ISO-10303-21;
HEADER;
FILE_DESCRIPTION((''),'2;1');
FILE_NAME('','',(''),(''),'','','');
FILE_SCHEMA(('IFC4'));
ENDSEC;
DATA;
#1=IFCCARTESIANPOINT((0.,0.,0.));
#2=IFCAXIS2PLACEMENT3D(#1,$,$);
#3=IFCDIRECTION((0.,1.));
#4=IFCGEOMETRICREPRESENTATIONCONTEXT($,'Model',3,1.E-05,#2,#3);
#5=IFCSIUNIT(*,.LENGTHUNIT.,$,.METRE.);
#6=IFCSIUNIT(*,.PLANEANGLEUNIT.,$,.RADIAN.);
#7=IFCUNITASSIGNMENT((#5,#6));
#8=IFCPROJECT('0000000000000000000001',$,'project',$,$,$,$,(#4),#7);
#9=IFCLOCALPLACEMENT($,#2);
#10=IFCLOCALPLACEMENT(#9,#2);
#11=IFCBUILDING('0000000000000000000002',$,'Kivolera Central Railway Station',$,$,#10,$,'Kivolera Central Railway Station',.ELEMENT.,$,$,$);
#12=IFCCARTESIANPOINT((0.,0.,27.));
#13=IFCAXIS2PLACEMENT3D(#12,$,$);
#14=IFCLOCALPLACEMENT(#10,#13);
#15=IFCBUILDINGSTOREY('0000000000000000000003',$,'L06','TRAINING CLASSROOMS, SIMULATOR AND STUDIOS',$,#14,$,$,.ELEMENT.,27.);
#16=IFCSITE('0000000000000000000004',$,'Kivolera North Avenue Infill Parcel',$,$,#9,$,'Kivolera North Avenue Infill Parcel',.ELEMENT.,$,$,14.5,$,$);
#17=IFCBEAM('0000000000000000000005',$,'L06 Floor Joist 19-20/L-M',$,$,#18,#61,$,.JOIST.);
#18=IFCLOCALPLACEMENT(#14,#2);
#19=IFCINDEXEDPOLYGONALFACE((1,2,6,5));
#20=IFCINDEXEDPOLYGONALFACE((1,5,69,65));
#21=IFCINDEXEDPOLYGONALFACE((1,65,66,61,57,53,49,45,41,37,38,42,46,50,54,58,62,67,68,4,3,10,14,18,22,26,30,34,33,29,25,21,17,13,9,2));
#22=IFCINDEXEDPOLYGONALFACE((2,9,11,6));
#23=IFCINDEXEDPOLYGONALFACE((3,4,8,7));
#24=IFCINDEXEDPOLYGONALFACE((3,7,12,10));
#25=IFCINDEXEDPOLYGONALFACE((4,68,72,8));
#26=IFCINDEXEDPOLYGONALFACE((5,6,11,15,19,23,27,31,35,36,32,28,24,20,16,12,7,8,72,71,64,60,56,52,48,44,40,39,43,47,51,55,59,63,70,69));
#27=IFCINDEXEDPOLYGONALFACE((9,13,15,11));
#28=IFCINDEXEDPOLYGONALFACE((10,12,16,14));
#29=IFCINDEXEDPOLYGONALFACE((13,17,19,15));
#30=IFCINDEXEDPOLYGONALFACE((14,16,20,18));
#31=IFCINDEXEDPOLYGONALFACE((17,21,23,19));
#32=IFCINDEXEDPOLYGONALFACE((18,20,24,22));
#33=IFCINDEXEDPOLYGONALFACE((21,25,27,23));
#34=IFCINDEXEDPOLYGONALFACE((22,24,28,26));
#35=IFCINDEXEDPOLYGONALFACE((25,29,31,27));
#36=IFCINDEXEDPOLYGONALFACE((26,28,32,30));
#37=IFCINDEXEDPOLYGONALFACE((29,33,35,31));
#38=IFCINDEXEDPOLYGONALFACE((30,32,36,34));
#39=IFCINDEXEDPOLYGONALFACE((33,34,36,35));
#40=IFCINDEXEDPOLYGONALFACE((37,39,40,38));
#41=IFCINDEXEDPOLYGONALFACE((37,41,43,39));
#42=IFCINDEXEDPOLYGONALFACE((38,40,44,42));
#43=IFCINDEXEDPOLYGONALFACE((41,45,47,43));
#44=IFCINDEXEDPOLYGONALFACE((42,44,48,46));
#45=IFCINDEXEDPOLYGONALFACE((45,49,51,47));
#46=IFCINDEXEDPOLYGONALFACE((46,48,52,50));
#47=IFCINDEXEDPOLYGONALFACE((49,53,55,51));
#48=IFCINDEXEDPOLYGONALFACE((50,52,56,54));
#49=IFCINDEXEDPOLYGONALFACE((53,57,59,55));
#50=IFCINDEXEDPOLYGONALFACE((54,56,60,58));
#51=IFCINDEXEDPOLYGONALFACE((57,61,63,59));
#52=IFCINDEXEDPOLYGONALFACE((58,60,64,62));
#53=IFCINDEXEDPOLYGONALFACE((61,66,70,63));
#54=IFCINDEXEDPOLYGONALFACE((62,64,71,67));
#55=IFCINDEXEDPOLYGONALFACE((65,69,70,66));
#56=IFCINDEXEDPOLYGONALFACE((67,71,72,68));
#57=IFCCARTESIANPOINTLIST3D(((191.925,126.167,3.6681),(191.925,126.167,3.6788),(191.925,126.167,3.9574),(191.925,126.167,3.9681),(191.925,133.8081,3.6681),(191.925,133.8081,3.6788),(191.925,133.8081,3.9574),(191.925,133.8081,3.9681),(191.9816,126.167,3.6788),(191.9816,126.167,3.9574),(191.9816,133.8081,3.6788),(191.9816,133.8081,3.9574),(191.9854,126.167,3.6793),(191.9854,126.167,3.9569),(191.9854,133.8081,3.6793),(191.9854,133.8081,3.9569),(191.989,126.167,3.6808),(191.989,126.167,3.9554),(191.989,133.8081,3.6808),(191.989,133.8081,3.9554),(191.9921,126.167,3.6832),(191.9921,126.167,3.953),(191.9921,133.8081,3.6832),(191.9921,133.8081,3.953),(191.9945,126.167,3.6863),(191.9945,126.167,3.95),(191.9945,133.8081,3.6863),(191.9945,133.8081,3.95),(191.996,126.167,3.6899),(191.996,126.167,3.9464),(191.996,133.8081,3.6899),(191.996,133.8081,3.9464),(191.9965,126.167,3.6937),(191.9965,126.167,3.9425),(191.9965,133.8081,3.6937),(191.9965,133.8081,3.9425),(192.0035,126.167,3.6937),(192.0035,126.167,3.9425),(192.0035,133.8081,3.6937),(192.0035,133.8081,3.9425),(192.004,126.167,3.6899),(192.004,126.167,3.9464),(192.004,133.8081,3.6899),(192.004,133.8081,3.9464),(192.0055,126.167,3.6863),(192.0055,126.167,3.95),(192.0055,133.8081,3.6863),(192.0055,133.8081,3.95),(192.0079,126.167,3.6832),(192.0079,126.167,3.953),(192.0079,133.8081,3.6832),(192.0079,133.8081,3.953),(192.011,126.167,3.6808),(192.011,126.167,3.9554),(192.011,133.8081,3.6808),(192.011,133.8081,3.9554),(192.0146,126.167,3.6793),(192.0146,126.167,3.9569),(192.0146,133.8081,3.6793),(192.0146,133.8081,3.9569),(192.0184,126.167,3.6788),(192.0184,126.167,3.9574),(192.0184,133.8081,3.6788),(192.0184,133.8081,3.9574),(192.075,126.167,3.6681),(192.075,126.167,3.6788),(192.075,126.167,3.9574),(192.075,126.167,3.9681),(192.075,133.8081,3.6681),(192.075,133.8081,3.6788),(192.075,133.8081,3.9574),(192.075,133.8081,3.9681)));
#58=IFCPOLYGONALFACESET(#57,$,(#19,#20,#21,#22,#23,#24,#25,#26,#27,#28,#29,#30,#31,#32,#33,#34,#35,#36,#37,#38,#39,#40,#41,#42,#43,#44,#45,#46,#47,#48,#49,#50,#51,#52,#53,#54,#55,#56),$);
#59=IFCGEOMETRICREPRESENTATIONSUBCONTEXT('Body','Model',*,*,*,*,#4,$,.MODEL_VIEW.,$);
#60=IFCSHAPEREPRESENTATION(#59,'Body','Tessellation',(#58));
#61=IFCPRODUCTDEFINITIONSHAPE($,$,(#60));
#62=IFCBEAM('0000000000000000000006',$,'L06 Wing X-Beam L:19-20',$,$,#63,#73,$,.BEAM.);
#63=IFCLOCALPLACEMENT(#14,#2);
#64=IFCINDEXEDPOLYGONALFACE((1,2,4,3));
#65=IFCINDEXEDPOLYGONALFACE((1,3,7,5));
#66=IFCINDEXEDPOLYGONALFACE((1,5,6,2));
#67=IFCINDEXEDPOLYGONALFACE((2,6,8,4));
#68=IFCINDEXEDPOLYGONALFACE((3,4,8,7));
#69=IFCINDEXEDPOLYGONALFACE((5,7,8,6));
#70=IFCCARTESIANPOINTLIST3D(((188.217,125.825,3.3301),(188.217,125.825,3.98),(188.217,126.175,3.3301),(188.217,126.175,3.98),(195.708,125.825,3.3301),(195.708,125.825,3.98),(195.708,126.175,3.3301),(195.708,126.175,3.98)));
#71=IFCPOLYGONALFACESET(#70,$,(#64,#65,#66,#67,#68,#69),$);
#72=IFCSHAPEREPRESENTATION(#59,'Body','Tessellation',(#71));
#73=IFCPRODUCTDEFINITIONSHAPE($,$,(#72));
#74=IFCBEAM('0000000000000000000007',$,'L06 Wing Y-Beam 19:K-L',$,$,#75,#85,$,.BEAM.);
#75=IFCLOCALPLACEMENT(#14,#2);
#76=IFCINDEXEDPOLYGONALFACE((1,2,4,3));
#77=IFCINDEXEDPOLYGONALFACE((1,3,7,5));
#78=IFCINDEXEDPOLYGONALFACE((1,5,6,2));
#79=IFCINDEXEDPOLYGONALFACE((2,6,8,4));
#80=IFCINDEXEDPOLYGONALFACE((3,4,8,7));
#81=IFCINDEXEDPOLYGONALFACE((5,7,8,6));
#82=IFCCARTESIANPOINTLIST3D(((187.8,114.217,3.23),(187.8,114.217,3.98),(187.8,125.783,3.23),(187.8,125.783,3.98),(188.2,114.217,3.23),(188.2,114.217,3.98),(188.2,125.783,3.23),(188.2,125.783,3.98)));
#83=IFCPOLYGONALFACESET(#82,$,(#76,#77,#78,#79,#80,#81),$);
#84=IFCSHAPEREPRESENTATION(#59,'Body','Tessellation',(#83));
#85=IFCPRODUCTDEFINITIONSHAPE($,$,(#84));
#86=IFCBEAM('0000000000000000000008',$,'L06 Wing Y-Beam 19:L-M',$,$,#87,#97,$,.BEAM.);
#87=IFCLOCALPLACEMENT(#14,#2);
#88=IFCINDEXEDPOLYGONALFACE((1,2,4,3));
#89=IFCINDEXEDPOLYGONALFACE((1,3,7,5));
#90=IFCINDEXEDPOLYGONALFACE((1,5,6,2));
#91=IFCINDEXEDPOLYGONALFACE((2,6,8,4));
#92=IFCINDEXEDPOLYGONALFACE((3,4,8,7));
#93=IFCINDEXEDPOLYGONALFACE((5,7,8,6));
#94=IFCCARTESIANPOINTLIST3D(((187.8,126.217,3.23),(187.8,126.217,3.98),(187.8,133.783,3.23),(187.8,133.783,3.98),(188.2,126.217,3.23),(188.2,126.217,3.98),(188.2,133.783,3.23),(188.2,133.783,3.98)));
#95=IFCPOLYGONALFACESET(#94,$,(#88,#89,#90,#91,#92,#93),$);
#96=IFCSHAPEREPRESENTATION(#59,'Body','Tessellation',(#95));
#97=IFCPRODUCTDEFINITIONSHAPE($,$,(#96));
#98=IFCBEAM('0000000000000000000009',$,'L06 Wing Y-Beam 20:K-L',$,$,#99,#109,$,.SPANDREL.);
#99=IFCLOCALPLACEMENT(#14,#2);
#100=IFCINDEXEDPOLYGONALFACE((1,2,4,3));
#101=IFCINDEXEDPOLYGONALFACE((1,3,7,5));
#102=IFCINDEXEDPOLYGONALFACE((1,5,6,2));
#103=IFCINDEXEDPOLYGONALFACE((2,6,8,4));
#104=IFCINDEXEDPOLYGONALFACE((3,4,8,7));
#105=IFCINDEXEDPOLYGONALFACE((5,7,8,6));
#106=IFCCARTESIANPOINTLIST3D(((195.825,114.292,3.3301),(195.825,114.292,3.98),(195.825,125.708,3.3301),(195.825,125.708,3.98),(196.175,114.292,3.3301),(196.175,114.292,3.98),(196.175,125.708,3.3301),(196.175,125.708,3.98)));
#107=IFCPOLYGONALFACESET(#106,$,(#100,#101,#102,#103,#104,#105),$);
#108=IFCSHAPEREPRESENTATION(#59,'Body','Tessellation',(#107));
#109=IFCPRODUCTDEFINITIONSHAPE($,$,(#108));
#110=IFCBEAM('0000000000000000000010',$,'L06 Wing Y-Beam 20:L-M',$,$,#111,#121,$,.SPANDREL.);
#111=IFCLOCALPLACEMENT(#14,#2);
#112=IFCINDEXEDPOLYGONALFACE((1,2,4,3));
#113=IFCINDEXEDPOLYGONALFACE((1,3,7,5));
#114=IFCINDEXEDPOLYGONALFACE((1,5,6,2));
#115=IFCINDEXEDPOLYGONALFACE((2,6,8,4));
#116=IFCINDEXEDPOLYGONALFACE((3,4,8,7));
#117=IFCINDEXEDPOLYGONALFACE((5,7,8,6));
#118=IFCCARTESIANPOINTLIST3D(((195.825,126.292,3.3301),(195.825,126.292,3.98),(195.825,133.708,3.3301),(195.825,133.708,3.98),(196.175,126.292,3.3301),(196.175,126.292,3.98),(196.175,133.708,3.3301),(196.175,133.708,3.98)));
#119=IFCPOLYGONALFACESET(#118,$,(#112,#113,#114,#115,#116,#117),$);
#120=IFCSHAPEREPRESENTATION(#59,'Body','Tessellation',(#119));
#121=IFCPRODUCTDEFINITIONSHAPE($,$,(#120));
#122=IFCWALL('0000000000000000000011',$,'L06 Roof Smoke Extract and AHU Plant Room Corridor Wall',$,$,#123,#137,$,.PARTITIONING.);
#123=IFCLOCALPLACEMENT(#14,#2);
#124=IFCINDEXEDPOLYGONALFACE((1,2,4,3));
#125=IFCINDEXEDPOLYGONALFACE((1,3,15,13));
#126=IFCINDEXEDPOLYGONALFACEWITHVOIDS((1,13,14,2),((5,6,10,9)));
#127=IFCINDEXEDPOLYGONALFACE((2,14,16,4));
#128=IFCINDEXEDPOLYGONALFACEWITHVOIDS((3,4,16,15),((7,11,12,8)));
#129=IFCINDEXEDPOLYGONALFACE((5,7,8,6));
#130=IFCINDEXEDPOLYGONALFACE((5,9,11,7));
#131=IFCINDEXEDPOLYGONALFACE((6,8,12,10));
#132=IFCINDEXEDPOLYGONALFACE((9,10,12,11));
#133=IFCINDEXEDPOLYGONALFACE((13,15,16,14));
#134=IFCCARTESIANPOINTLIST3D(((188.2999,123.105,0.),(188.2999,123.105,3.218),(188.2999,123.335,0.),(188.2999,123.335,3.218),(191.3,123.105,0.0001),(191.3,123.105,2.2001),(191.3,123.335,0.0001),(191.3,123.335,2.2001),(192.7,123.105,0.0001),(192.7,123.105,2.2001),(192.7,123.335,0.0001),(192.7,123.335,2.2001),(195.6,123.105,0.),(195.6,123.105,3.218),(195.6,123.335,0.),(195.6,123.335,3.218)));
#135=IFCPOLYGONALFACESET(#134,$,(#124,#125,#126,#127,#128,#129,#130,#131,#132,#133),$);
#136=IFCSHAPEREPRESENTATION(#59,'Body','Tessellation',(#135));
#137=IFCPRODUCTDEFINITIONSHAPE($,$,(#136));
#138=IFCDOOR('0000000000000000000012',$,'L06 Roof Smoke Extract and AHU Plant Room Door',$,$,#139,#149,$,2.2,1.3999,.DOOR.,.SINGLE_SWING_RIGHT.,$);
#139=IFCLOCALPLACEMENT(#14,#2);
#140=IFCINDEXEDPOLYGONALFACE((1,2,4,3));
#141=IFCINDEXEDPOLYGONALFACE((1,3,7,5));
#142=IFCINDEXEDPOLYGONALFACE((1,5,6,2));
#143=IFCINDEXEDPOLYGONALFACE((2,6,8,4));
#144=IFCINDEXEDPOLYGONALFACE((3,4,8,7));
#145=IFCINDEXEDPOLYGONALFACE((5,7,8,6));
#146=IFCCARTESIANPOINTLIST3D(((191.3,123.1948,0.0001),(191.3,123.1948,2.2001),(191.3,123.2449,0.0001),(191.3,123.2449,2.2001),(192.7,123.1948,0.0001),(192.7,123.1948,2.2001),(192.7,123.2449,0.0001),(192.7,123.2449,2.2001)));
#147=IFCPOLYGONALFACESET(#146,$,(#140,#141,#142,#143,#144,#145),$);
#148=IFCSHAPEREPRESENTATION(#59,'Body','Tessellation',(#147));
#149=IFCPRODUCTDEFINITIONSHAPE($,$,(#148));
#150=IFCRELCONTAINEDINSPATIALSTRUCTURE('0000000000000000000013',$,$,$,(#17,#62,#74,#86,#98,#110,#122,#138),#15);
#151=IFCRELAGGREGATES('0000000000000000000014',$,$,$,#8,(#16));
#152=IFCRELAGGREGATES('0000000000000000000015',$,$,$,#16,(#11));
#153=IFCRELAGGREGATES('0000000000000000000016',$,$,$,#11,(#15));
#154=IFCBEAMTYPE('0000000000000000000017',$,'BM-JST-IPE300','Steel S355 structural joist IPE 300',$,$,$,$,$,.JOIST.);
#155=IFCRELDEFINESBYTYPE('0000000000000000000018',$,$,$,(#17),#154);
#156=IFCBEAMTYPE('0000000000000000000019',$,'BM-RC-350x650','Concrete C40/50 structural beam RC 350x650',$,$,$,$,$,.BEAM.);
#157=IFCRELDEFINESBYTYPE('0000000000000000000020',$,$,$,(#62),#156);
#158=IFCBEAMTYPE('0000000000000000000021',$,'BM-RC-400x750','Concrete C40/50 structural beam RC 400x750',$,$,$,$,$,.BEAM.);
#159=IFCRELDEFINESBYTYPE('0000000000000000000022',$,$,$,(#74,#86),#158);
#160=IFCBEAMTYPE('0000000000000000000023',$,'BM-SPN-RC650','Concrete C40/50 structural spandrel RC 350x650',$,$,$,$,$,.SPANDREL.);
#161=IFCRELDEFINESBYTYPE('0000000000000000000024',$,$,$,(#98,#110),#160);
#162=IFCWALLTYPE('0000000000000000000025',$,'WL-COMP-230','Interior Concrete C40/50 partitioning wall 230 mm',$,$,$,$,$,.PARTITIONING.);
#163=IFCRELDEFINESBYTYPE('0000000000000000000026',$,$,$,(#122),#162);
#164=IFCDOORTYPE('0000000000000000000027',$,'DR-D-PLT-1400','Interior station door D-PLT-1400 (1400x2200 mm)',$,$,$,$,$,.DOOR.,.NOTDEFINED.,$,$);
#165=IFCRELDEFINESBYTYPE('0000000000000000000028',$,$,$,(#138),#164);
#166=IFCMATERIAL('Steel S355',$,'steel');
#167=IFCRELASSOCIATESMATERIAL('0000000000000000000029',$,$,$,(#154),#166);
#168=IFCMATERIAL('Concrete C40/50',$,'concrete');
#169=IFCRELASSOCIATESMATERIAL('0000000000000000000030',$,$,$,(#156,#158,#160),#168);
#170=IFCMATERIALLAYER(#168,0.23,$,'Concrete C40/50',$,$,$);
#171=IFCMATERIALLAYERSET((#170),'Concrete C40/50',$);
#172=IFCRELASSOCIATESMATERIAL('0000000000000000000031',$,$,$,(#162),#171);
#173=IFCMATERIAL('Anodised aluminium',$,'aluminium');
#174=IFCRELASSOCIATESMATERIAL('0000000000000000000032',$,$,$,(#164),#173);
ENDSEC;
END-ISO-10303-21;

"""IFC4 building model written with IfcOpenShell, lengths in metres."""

from ifc_helpers import new_model, si_unit, direction, frame, frame_2d, origin, origin_2d, place, context, subcontext, project, spatial, rectangle, i_section, extrude, material, layer, layer_set, material_profile, profile_set, type_object, element, fill, save


model = new_model("IFC4")

# Units and contexts
model_context = context("Model", 3, precision=1e-05, world=origin(), true_north=direction((0.0, 1.0)))
body_context = subcontext(model_context, "Body", "Model", "MODEL_VIEW")
ifc_project = project(units=[si_unit("LENGTHUNIT", "METRE"), si_unit("PLANEANGLEUNIT", "RADIAN")], contexts=[model_context])

# Site, building, storey
site_placement = place(None, origin())
site = spatial("IfcSite", under=ifc_project, at=site_placement, Name="Kivolera North Avenue Infill Parcel", LongName="Kivolera North Avenue Infill Parcel", CompositionType="ELEMENT", RefElevation=14.5)
building_placement = place(site_placement, origin())
building = spatial("IfcBuilding", under=site, at=building_placement, Name="Kivolera Central Railway Station", LongName="Kivolera Central Railway Station", CompositionType="ELEMENT")
storey_placement = place(building_placement, frame((0.0, 0.0, 27.0)))
storey = spatial("IfcBuildingStorey", under=building, at=storey_placement, Name="L06", Description="TRAINING CLASSROOMS, SIMULATOR AND STUDIOS", CompositionType="ELEMENT", Elevation=27.0)

# Shared definitions
ifc_material_1 = material(Name="Concrete C40/50", Category="concrete")

# Beams
ifc_material_2 = material(Name="Steel S355", Category="steel")
ifc_material_profile_1 = material_profile(ifc_material_2, i_section(OverallWidth=0.1499, OverallDepth=0.3, WebThickness=0.0071, FlangeThickness=0.0107, FilletRadius=0.0149, at=origin_2d()), Name="IPE 300")
ifc_profile_set_1 = profile_set([ifc_material_profile_1], Name="Steel S355")
beam_type_1 = type_object("IfcBeamType", Name="BM-JST-IPE300", Description="Steel S355 structural joist IPE 300", PredefinedType="JOIST", material=ifc_profile_set_1)
beam_1_placement = place(storey_placement, frame((192.0, 126.167, 3.8181), z_axis=(0.0, 1.0, 0.0), x_axis=(-1.0, 0.0, 0.0)))
element("IfcBeam", 1, at=beam_1_placement, inside=storey, type_object=beam_type_1, Name="L06 Floor Joist 19-20/L-M", PredefinedType="JOIST", context=body_context, shape_type="SweptSolid", body=[
    extrude(i_section(OverallWidth=0.1499, OverallDepth=0.3, WebThickness=0.0071, FlangeThickness=0.0107, FilletRadius=0.0149, at=origin_2d()), origin(), (0.0, 0.0, 1.0), 7.6411),
])
ifc_material_profile_2 = material_profile(ifc_material_1, rectangle(XDim=0.3501, YDim=0.6499, at=origin_2d()), Name="RC 350x650")
ifc_profile_set_2 = profile_set([ifc_material_profile_2], Name="Concrete C40/50")
beam_type_2 = type_object("IfcBeamType", Name="BM-RC-350x650", Description="Concrete C40/50 structural beam RC 350x650", PredefinedType="BEAM", material=ifc_profile_set_2)
beam_2_placement = place(storey_placement, frame((188.217, 126.0, 3.655), z_axis=(1.0, 0.0, 0.0), x_axis=(0.0, 1.0, 0.0)))
element("IfcBeam", 2, at=beam_2_placement, inside=storey, type_object=beam_type_2, Name="L06 Wing X-Beam L:19-20", PredefinedType="BEAM", context=body_context, shape_type="SweptSolid", body=[
    extrude(rectangle(XDim=0.3501, YDim=0.6499, at=origin_2d()), origin(), (0.0, 0.0, 1.0), 7.491),
])
ifc_material_profile_3 = material_profile(ifc_material_1, rectangle(XDim=0.3999, YDim=0.75, at=origin_2d()), Name="RC 400x750")
ifc_profile_set_3 = profile_set([ifc_material_profile_3], Name="Concrete C40/50")
beam_type_3 = type_object("IfcBeamType", Name="BM-RC-400x750", Description="Concrete C40/50 structural beam RC 400x750", PredefinedType="BEAM", material=ifc_profile_set_3)
beam_3_placement = place(storey_placement, frame((188.0, 114.217, 3.605), z_axis=(0.0, 1.0, 0.0), x_axis=(-1.0, 0.0, 0.0)))
element("IfcBeam", 3, at=beam_3_placement, inside=storey, type_object=beam_type_3, Name="L06 Wing Y-Beam 19:K-L", PredefinedType="BEAM", context=body_context, shape_type="SweptSolid", body=[
    extrude(rectangle(XDim=0.3999, YDim=0.75, at=origin_2d()), origin(), (0.0, 0.0, 1.0), 11.5659),
])
beam_4_placement = place(storey_placement, frame((188.0, 126.217, 3.605), z_axis=(0.0, 1.0, 0.0), x_axis=(-1.0, 0.0, 0.0)))
element("IfcBeam", 4, at=beam_4_placement, inside=storey, type_object=beam_type_3, Name="L06 Wing Y-Beam 19:L-M", PredefinedType="BEAM", context=body_context, shape_type="SweptSolid", body=[
    extrude(rectangle(XDim=0.3999, YDim=0.75, at=origin_2d()), origin(), (0.0, 0.0, 1.0), 7.5659),
])
ifc_material_profile_4 = material_profile(ifc_material_1, rectangle(XDim=0.3501, YDim=0.6499, at=origin_2d()), Name="RC 350x650")
ifc_profile_set_4 = profile_set([ifc_material_profile_4], Name="Concrete C40/50")
beam_type_4 = type_object("IfcBeamType", Name="BM-SPN-RC650", Description="Concrete C40/50 structural spandrel RC 350x650", PredefinedType="SPANDREL", material=ifc_profile_set_4)
beam_5_placement = place(storey_placement, frame((196.0, 114.292, 3.655), z_axis=(0.0, 1.0, 0.0), x_axis=(-1.0, 0.0, 0.0)))
element("IfcBeam", 5, at=beam_5_placement, inside=storey, type_object=beam_type_4, Name="L06 Wing Y-Beam 20:K-L", PredefinedType="SPANDREL", context=body_context, shape_type="SweptSolid", body=[
    extrude(rectangle(XDim=0.3501, YDim=0.6499, at=origin_2d()), origin(), (0.0, 0.0, 1.0), 11.416),
])
beam_6_placement = place(storey_placement, frame((196.0, 126.292, 3.655), z_axis=(0.0, 1.0, 0.0), x_axis=(-1.0, 0.0, 0.0)))
element("IfcBeam", 6, at=beam_6_placement, inside=storey, type_object=beam_type_4, Name="L06 Wing Y-Beam 20:L-M", PredefinedType="SPANDREL", context=body_context, shape_type="SweptSolid", body=[
    extrude(rectangle(XDim=0.3501, YDim=0.6499, at=origin_2d()), origin(), (0.0, 0.0, 1.0), 7.416),
])

# Wall, opening, door
ifc_layer_1 = layer(ifc_material_1, 0.23, Name="Concrete C40/50")
ifc_layer_set_1 = layer_set([ifc_layer_1], Name="Concrete C40/50")
wall_type_1 = type_object("IfcWallType", Name="WL-COMP-230", Description="Interior Concrete C40/50 partitioning wall 230 mm", PredefinedType="PARTITIONING", material=ifc_layer_set_1)
wall_1_placement = place(storey_placement, frame((188.3, 123.22, 0.0), z_axis=(0.0, 0.0, 1.0), x_axis=(1.0, 0.0, 0.0)))
wall_1 = element("IfcWall", 7, at=wall_1_placement, inside=storey, type_object=wall_type_1, Name="L06 Roof Smoke Extract and AHU Plant Room Corridor Wall", PredefinedType="PARTITIONING", context=body_context, shape_type="SweptSolid", body=[
    extrude(rectangle(XDim=7.3, YDim=0.23, at=frame_2d((3.6499, 0.0))), origin(), (0.0, 0.0, 1.0), 3.218),
])
opening_1_placement = place(wall_1_placement, frame((3.0, 0.0, 0.0)))
opening_1 = element("IfcOpeningElement", 8, at=opening_1_placement, cuts=wall_1, PredefinedType="OPENING", context=body_context, shape_type="SweptSolid", body=[
    extrude(rectangle(XDim=1.3999, YDim=2.2, at=frame_2d((0.7, 1.1001))), frame((0.0, 0.125, 0.0), z_axis=(0.0, -1.0, 0.0), x_axis=(1.0, 0.0, 0.0)), (0.0, 0.0, 1.0), 0.25),
])
ifc_material_3 = material(Name="Anodised aluminium", Category="aluminium")
door_type_1 = type_object("IfcDoorType", Name="DR-D-PLT-1400", Description="Interior station door D-PLT-1400 (1400x2200 mm)", OperationType="NOTDEFINED", PredefinedType="DOOR", material=ifc_material_3)
door_1_placement = place(opening_1_placement, origin())
door_1 = element("IfcDoor", 9, at=door_1_placement, inside=storey, type_object=door_type_1, Name="L06 Roof Smoke Extract and AHU Plant Room Door", OperationType="SINGLE_SWING_RIGHT", OverallHeight=2.2, OverallWidth=1.3999, PredefinedType="DOOR", context=body_context, shape_type="SweptSolid", body=[
    extrude(rectangle(XDim=1.3999, YDim=2.2, at=frame_2d((0.7, 1.1001))), frame((0.0, 0.0249, 0.0), z_axis=(0.0, -1.0, 0.0), x_axis=(1.0, 0.0, 0.0)), (0.0, 0.0, 1.0), 0.05),
])
fill(opening_1, door_1)

save(model, "model.ifc")
